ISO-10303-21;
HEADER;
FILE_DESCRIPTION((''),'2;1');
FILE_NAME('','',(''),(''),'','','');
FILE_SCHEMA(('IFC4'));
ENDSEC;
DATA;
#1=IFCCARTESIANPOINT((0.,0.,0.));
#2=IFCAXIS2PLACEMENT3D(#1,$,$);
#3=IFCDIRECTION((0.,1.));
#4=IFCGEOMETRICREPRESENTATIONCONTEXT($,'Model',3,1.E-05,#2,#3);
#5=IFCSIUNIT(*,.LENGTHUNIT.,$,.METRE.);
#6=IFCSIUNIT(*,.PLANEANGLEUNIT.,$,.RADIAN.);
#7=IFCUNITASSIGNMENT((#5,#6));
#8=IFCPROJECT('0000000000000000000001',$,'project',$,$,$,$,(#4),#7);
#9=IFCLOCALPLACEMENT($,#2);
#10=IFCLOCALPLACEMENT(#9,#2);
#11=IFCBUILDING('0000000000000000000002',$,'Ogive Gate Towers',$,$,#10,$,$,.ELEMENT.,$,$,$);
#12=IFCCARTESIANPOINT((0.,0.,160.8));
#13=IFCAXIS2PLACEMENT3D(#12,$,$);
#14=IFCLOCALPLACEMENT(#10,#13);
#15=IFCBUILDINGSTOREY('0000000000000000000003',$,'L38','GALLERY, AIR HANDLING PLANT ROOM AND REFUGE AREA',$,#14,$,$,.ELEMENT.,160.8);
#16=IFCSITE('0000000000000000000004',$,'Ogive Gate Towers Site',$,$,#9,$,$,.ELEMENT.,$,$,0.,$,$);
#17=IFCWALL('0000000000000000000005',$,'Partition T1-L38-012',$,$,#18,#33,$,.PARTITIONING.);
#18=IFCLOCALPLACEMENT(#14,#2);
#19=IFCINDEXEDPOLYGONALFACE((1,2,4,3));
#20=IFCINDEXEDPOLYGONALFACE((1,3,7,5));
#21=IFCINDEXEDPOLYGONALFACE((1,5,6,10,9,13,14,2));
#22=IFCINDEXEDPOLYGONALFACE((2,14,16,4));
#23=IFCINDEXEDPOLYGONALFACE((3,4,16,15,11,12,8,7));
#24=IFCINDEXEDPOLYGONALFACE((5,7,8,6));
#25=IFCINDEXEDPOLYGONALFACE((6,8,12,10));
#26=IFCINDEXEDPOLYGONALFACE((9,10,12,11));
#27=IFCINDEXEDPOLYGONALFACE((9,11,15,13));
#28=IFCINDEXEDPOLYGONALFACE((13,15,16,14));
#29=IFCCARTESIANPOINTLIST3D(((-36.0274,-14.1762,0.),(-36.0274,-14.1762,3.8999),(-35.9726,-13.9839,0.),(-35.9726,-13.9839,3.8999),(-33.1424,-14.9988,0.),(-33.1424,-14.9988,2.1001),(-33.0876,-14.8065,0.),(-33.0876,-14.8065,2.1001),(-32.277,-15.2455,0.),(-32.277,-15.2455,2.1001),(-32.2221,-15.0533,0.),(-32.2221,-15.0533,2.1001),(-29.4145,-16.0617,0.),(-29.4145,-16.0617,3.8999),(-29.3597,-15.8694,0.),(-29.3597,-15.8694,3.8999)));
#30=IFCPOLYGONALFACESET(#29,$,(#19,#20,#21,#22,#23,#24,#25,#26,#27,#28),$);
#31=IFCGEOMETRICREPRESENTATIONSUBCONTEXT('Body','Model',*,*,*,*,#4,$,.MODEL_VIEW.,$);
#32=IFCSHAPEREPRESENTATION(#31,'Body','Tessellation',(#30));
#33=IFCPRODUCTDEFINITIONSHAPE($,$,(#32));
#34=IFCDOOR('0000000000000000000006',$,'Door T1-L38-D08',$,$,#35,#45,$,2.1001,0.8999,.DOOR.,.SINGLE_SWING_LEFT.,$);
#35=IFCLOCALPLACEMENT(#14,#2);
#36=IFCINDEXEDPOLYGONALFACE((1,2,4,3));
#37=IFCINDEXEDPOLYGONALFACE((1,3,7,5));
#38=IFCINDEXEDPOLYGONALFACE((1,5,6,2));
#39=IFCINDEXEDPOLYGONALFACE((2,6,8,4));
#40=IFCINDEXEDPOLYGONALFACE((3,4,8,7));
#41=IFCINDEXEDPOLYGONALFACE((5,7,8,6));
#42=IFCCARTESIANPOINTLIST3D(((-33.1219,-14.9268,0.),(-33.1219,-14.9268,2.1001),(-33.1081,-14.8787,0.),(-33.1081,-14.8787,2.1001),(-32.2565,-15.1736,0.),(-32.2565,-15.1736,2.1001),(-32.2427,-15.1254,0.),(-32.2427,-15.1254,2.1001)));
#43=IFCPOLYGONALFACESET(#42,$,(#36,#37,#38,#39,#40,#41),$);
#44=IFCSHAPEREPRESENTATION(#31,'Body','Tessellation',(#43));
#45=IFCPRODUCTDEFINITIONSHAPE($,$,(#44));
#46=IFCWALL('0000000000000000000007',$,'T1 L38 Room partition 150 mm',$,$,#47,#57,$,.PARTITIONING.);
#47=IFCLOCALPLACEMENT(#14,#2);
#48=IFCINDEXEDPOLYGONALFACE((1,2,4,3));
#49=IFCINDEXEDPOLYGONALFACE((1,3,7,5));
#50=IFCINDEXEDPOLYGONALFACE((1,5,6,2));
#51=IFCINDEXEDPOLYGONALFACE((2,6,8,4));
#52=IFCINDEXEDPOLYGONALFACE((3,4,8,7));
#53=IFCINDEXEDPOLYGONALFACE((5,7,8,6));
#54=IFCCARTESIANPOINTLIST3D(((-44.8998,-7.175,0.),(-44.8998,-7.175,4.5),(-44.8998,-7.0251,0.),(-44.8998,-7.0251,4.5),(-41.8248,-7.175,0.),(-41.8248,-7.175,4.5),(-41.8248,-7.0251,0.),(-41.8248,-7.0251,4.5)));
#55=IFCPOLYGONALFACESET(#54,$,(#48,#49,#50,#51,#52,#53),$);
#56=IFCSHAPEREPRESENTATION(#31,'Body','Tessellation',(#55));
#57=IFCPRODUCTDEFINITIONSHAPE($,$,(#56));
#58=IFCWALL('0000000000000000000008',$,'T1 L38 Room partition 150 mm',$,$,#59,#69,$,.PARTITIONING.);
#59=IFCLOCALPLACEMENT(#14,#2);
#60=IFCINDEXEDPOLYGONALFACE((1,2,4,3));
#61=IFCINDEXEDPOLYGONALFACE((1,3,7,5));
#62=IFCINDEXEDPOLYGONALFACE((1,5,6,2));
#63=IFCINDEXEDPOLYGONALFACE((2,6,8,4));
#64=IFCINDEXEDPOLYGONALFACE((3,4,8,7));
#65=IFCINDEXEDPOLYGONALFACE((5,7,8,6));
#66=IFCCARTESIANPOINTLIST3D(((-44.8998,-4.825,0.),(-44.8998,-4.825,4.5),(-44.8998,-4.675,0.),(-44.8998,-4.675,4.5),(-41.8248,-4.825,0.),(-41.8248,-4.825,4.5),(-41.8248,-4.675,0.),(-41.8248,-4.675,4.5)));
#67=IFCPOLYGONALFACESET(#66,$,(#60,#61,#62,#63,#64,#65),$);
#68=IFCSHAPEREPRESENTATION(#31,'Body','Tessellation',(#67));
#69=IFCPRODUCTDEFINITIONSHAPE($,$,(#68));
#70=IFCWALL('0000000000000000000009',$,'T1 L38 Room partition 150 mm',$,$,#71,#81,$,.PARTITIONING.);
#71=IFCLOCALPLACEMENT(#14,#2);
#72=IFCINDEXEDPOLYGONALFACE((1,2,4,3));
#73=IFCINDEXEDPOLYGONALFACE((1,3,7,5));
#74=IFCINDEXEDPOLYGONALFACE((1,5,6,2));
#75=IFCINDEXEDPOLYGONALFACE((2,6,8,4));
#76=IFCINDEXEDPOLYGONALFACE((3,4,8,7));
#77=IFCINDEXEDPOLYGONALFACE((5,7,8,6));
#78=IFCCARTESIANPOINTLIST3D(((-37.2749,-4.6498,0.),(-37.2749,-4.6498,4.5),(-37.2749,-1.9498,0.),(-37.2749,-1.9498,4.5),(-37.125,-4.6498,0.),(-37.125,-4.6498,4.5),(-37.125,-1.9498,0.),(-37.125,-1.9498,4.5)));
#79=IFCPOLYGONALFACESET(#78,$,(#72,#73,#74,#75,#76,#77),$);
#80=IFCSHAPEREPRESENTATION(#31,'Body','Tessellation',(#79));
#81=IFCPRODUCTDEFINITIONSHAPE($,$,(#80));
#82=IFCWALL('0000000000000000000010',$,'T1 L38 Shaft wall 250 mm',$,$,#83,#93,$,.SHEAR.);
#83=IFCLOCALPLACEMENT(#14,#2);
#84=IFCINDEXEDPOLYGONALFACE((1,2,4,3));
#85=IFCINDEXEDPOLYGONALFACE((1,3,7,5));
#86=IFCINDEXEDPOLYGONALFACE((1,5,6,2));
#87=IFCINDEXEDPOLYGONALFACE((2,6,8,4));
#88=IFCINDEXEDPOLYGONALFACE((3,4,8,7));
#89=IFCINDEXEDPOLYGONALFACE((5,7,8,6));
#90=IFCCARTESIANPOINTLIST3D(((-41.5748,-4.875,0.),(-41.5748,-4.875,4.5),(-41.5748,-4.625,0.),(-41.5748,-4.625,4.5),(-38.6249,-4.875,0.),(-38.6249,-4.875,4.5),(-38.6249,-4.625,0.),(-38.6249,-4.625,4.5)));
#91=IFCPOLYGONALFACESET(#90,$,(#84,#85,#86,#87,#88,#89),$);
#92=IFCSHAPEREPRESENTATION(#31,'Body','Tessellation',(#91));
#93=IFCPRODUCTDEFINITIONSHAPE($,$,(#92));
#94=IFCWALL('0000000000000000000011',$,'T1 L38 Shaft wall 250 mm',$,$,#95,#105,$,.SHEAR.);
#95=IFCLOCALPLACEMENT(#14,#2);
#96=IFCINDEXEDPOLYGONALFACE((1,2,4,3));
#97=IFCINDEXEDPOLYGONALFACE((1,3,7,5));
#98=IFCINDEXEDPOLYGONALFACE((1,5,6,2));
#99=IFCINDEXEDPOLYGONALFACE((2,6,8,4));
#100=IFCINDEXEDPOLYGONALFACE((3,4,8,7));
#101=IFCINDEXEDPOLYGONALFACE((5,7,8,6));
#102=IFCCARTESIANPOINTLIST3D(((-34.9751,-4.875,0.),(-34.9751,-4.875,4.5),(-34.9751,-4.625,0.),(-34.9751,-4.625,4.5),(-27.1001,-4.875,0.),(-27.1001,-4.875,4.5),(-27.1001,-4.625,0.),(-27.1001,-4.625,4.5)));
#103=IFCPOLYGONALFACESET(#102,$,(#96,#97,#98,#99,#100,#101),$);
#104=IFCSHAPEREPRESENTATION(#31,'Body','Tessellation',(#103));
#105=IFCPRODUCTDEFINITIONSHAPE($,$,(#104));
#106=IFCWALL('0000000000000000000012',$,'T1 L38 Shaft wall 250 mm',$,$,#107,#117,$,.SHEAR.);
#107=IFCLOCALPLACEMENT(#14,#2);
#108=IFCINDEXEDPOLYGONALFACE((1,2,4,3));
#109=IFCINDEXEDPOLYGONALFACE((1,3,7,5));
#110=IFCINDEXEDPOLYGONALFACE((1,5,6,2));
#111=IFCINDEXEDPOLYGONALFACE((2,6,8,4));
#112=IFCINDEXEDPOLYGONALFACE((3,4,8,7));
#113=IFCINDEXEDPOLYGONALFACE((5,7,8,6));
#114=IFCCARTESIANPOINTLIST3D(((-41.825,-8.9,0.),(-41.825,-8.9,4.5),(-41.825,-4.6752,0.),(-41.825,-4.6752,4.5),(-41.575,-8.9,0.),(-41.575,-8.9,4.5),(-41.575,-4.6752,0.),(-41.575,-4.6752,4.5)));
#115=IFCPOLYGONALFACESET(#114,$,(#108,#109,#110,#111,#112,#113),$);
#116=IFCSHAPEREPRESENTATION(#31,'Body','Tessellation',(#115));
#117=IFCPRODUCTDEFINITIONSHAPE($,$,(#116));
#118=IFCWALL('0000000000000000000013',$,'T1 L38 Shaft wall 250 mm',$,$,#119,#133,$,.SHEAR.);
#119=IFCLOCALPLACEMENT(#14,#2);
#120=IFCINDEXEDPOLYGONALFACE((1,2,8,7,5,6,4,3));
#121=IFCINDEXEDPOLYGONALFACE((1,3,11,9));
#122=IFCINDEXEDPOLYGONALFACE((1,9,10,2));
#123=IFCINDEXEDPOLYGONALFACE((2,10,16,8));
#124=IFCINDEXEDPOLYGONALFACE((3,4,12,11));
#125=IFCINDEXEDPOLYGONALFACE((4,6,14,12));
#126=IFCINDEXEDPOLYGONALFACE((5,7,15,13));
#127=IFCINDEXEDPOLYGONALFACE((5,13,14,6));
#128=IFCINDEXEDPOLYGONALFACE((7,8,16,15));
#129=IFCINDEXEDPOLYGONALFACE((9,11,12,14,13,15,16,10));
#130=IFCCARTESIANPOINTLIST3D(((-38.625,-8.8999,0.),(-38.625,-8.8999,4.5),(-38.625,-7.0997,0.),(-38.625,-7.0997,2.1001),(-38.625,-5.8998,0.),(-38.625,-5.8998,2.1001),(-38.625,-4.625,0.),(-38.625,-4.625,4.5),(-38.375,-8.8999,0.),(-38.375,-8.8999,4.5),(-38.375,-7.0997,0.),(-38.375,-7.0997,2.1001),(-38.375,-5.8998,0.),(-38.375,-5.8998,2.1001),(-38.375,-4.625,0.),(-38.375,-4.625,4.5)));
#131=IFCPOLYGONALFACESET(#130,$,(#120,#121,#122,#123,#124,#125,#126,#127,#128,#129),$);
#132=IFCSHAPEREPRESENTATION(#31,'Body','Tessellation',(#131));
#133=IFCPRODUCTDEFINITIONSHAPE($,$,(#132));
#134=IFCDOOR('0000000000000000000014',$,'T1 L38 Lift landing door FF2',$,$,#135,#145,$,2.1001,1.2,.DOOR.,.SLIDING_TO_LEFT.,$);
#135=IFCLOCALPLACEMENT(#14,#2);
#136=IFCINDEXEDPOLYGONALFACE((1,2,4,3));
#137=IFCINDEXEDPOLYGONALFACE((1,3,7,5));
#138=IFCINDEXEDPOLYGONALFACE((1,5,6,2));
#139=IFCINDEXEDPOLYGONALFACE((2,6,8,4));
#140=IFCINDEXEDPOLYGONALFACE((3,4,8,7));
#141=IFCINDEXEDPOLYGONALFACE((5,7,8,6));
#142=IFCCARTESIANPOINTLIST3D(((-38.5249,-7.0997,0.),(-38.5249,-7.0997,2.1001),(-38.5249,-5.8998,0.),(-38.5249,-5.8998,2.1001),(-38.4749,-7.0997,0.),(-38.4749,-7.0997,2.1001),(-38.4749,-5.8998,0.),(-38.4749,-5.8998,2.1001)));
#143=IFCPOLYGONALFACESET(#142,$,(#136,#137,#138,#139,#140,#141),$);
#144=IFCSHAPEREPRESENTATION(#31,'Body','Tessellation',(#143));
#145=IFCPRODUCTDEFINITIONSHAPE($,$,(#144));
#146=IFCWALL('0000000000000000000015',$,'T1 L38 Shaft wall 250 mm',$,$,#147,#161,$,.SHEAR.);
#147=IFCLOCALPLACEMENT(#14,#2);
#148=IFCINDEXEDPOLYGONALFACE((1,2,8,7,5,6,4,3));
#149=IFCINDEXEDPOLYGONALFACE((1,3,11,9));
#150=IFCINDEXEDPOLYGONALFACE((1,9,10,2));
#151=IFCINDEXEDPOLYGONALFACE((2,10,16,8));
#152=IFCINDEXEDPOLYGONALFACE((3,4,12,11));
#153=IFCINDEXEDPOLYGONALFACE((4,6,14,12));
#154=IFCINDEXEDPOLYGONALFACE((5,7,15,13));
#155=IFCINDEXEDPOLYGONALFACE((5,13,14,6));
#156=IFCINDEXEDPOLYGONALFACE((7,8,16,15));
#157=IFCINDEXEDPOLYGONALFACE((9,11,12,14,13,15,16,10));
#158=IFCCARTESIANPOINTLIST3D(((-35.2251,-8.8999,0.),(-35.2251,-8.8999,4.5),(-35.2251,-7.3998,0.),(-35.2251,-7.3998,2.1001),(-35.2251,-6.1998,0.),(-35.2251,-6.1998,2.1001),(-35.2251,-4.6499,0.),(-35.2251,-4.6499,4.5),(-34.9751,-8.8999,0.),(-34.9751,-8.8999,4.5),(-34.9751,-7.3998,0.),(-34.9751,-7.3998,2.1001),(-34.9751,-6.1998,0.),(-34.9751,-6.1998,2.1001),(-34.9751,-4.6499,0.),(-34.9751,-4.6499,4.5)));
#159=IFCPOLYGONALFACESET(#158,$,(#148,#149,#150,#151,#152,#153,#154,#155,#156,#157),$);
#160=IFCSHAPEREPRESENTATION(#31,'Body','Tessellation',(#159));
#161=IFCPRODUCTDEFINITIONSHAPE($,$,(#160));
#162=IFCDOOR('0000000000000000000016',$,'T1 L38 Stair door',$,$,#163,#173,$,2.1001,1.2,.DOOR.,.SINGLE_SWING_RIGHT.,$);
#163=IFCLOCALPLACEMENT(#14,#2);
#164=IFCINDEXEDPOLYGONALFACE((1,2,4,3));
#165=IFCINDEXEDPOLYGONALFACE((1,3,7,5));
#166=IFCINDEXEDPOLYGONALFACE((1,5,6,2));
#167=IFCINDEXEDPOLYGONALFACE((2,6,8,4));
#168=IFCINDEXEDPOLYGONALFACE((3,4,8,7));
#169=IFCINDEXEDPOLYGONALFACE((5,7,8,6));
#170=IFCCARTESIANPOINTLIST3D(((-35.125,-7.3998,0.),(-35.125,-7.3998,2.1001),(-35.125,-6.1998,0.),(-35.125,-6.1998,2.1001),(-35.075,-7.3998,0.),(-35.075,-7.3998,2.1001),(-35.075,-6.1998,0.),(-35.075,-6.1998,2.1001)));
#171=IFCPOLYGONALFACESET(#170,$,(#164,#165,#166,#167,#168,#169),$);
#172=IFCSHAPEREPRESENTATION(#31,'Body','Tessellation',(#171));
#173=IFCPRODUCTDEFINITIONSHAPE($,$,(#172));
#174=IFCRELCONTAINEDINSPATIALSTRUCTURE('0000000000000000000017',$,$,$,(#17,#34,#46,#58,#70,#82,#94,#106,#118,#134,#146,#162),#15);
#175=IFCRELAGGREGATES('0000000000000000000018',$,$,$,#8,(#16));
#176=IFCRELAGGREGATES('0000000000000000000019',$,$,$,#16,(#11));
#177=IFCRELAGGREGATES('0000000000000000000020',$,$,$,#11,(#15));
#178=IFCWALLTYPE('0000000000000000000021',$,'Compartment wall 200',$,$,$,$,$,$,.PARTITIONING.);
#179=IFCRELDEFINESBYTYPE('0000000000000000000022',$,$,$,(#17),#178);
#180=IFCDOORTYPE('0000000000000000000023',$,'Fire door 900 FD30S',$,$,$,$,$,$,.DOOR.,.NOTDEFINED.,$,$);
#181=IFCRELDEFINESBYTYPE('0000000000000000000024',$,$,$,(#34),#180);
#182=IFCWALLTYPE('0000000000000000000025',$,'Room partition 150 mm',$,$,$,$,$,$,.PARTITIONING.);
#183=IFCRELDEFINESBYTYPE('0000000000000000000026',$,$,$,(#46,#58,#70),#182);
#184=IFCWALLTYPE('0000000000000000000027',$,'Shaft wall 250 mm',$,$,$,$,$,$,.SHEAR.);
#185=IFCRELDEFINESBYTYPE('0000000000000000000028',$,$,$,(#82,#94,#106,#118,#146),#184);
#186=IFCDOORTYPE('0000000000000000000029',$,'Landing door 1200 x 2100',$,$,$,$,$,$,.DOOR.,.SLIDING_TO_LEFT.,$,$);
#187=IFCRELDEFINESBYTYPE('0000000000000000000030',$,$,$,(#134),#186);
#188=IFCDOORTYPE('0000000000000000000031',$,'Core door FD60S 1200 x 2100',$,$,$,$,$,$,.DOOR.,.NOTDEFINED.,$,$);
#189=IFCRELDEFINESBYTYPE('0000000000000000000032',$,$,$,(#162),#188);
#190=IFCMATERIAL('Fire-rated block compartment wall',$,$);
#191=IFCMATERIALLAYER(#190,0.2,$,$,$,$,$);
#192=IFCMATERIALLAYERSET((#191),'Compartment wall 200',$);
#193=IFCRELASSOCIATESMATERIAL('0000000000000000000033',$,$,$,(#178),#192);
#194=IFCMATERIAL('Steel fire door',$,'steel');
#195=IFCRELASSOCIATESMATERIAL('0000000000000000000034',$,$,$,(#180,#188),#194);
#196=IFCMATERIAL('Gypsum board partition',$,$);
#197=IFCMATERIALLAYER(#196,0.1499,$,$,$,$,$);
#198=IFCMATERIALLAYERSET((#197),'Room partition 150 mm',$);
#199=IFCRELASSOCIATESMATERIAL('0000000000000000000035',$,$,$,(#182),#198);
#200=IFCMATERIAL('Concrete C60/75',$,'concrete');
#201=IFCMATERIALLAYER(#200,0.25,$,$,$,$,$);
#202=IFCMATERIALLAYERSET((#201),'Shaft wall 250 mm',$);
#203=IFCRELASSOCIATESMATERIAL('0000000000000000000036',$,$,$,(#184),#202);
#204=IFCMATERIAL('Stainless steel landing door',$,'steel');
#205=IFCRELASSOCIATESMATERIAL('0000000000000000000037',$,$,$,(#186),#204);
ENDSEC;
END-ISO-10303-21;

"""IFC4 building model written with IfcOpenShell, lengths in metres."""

from ifc_helpers import new_model, si_unit, direction, frame, frame_2d, origin, place, context, subcontext, project, spatial, rectangle, extrude, material, layer, layer_set, type_object, element, fill, save


model = new_model("IFC4")

# Units and contexts
model_context = context("Model", 3, precision=1e-05, world=origin(), true_north=direction((0.0, 1.0)))
body_context = subcontext(model_context, "Body", "Model", "MODEL_VIEW")
ifc_project = project(units=[si_unit("LENGTHUNIT", "METRE"), si_unit("PLANEANGLEUNIT", "RADIAN")], contexts=[model_context])

# Site, building, storey
site_placement = place(None, origin())
site = spatial("IfcSite", under=ifc_project, at=site_placement, Name="Ogive Gate Towers Site", CompositionType="ELEMENT", RefElevation=0.0)
building_placement = place(site_placement, origin())
building = spatial("IfcBuilding", under=site, at=building_placement, Name="Ogive Gate Towers", CompositionType="ELEMENT")
storey_placement = place(building_placement, frame((0.0, 0.0, 160.8)))
storey = spatial("IfcBuildingStorey", under=building, at=storey_placement, Name="L38", Description="GALLERY, AIR HANDLING PLANT ROOM AND REFUGE AREA", CompositionType="ELEMENT", Elevation=160.8)

# Wall, opening, door
ifc_material_1 = material(Name="Fire-rated block compartment wall")
ifc_layer_1 = layer(ifc_material_1, 0.2)
ifc_layer_set_1 = layer_set([ifc_layer_1], Name="Compartment wall 200")
wall_type_1 = type_object("IfcWallType", Name="Compartment wall 200", PredefinedType="PARTITIONING", material=ifc_layer_set_1)
wall_1_placement = place(storey_placement, frame((-36.0, -14.0801, 0.0), z_axis=(0.0, 0.0, 1.0), x_axis=(0.961675, -0.274191, 0.0)))
wall_1 = element("IfcWall", 1, at=wall_1_placement, inside=storey, type_object=wall_type_1, Name="Partition T1-L38-012", PredefinedType="PARTITIONING", context=body_context, shape_type="SweptSolid", body=[
    extrude(rectangle(XDim=6.8765, YDim=0.2, at=frame_2d((3.4382, 0.0))), origin(), (0.0, 0.0, 1.0), 3.8999),
])
opening_1_placement = place(wall_1_placement, frame((3.0, 0.0, 0.0)))
opening_1 = element("IfcOpeningElement", 2, at=opening_1_placement, cuts=wall_1, PredefinedType="OPENING", context=body_context, shape_type="SweptSolid", body=[
    extrude(rectangle(XDim=0.8999, YDim=2.1001, at=frame_2d((0.45, 1.05))), frame((0.0, 0.1099, 0.0), z_axis=(0.0, -1.0, 0.0), x_axis=(1.0, 0.0, 0.0)), (0.0, 0.0, 1.0), 0.22),
])
ifc_material_2 = material(Name="Steel fire door", Category="steel")
door_type_1 = type_object("IfcDoorType", Name="Fire door 900 FD30S", OperationType="NOTDEFINED", PredefinedType="DOOR", material=ifc_material_2)
door_1_placement = place(opening_1_placement, origin())
door_1 = element("IfcDoor", 3, at=door_1_placement, inside=storey, type_object=door_type_1, Name="Door T1-L38-D08", OperationType="SINGLE_SWING_LEFT", OverallHeight=2.1001, OverallWidth=0.8999, PredefinedType="DOOR", context=body_context, shape_type="SweptSolid", body=[
    extrude(rectangle(XDim=0.8999, YDim=2.1001, at=frame_2d((0.45, 1.05))), frame((0.0, 0.0249, 0.0), z_axis=(0.0, -1.0, 0.0), x_axis=(1.0, 0.0, 0.0)), (0.0, 0.0, 1.0), 0.05),
])
fill(opening_1, door_1)

# Walls
ifc_material_3 = material(Name="Gypsum board partition")
ifc_layer_2 = layer(ifc_material_3, 0.1499)
ifc_layer_set_2 = layer_set([ifc_layer_2], Name="Room partition 150 mm")
wall_type_2 = type_object("IfcWallType", Name="Room partition 150 mm", PredefinedType="PARTITIONING", material=ifc_layer_set_2)
for number, where, z_axis, x_axis, name in (
    (4, (-44.8999, -7.1001, 0.0), (0.0, 0.0, 1.0), (1.0, 0.0, 0.0), "T1 L38 Room partition 150 mm"),
    (5, (-44.8999, -4.75, 0.0), (0.0, 0.0, 1.0), (1.0, 0.0, 0.0), "T1 L38 Room partition 150 mm"),
):
    element("IfcWall", number, at=place(storey_placement, frame(where, z_axis=z_axis, x_axis=x_axis)), inside=storey, type_object=wall_type_2, Name=name, PredefinedType="PARTITIONING", context=body_context, shape_type="SweptSolid", body=[
        extrude(rectangle(XDim=3.075, YDim=0.1499, at=frame_2d((1.5376, 0.0))), origin(), (0.0, 0.0, 1.0), 4.5),
    ])
wall_2_placement = place(storey_placement, frame((-37.2, -4.6499, 0.0), z_axis=(0.0, 0.0, 1.0), x_axis=(0.0, 1.0, 0.0)))
element("IfcWall", 6, at=wall_2_placement, inside=storey, type_object=wall_type_2, Name="T1 L38 Room partition 150 mm", PredefinedType="PARTITIONING", context=body_context, shape_type="SweptSolid", body=[
    extrude(rectangle(XDim=2.7, YDim=0.1499, at=frame_2d((1.3501, 0.0))), origin(), (0.0, 0.0, 1.0), 4.5),
])
ifc_material_4 = material(Name="Concrete C60/75", Category="concrete")
ifc_layer_3 = layer(ifc_material_4, 0.25)
ifc_layer_set_3 = layer_set([ifc_layer_3], Name="Shaft wall 250 mm")
wall_type_3 = type_object("IfcWallType", Name="Shaft wall 250 mm", PredefinedType="SHEAR", material=ifc_layer_set_3)
wall_3_placement = place(storey_placement, frame((-41.575, -4.75, 0.0), z_axis=(0.0, 0.0, 1.0), x_axis=(1.0, 0.0, 0.0)))
element("IfcWall", 7, at=wall_3_placement, inside=storey, type_object=wall_type_3, Name="T1 L38 Shaft wall 250 mm", PredefinedType="SHEAR", context=body_context, shape_type="SweptSolid", body=[
    extrude(rectangle(XDim=2.95, YDim=0.25, at=frame_2d((1.4751, 0.0))), origin(), (0.0, 0.0, 1.0), 4.5),
])
wall_4_placement = place(storey_placement, frame((-34.9751, -4.75, 0.0), z_axis=(0.0, 0.0, 1.0), x_axis=(1.0, 0.0, 0.0)))
element("IfcWall", 8, at=wall_4_placement, inside=storey, type_object=wall_type_3, Name="T1 L38 Shaft wall 250 mm", PredefinedType="SHEAR", context=body_context, shape_type="SweptSolid", body=[
    extrude(rectangle(XDim=7.875, YDim=0.25, at=frame_2d((3.9375, 0.0))), origin(), (0.0, 0.0, 1.0), 4.5),
])
wall_5_placement = place(storey_placement, frame((-41.7, -8.8999, 0.0), z_axis=(0.0, 0.0, 1.0), x_axis=(0.0, 1.0, 0.0)))
element("IfcWall", 9, at=wall_5_placement, inside=storey, type_object=wall_type_3, Name="T1 L38 Shaft wall 250 mm", PredefinedType="SHEAR", context=body_context, shape_type="SweptSolid", body=[
    extrude(rectangle(XDim=4.2249, YDim=0.25, at=frame_2d((2.1123, 0.0))), origin(), (0.0, 0.0, 1.0), 4.5),
])

# Walls, openings, doors
wall_6_placement = place(storey_placement, frame((-38.5, -8.8999, 0.0), z_axis=(0.0, 0.0, 1.0), x_axis=(0.0, 1.0, 0.0)))
wall_6 = element("IfcWall", 10, at=wall_6_placement, inside=storey, type_object=wall_type_3, Name="T1 L38 Shaft wall 250 mm", PredefinedType="SHEAR", context=body_context, shape_type="SweptSolid", body=[
    extrude(rectangle(XDim=4.2749, YDim=0.25, at=frame_2d((2.1375, 0.0))), origin(), (0.0, 0.0, 1.0), 4.5),
])
opening_2_placement = place(wall_6_placement, frame((1.8, 0.0, 0.0)))
opening_2 = element("IfcOpeningElement", 11, at=opening_2_placement, cuts=wall_6, PredefinedType="OPENING", context=body_context, shape_type="SweptSolid", body=[
    extrude(rectangle(XDim=1.2, YDim=2.1001, at=frame_2d((0.6001, 1.05))), frame((0.0, 0.135, 0.0), z_axis=(0.0, -1.0, 0.0), x_axis=(1.0, 0.0, 0.0)), (0.0, 0.0, 1.0), 0.27),
])
ifc_material_5 = material(Name="Stainless steel landing door", Category="steel")
door_type_2 = type_object("IfcDoorType", Name="Landing door 1200 x 2100", OperationType="SLIDING_TO_LEFT", PredefinedType="DOOR", material=ifc_material_5)
door_2_placement = place(opening_2_placement, origin())
door_2 = element("IfcDoor", 12, at=door_2_placement, inside=storey, type_object=door_type_2, Name="T1 L38 Lift landing door FF2", OperationType="SLIDING_TO_LEFT", OverallHeight=2.1001, OverallWidth=1.2, PredefinedType="DOOR", context=body_context, shape_type="SweptSolid", body=[
    extrude(rectangle(XDim=1.2, YDim=2.1001, at=frame_2d((0.6001, 1.05))), frame((0.0, 0.0249, 0.0), z_axis=(0.0, -1.0, 0.0), x_axis=(1.0, 0.0, 0.0)), (0.0, 0.0, 1.0), 0.05),
])
fill(opening_2, door_2)
wall_7_placement = place(storey_placement, frame((-35.1001, -8.8999, 0.0), z_axis=(0.0, 0.0, 1.0), x_axis=(0.0, 1.0, 0.0)))
wall_7 = element("IfcWall", 13, at=wall_7_placement, inside=storey, type_object=wall_type_3, Name="T1 L38 Shaft wall 250 mm", PredefinedType="SHEAR", context=body_context, shape_type="SweptSolid", body=[
    extrude(rectangle(XDim=4.25, YDim=0.25, at=frame_2d((2.125, 0.0))), origin(), (0.0, 0.0, 1.0), 4.5),
])
opening_3_placement = place(wall_7_placement, frame((1.5, 0.0, 0.0)))
opening_3 = element("IfcOpeningElement", 14, at=opening_3_placement, cuts=wall_7, PredefinedType="OPENING", context=body_context, shape_type="SweptSolid", body=[
    extrude(rectangle(XDim=1.2, YDim=2.1001, at=frame_2d((0.6001, 1.05))), frame((0.0, 0.135, 0.0), z_axis=(0.0, -1.0, 0.0), x_axis=(1.0, 0.0, 0.0)), (0.0, 0.0, 1.0), 0.27),
])
door_type_3 = type_object("IfcDoorType", Name="Core door FD60S 1200 x 2100", OperationType="NOTDEFINED", PredefinedType="DOOR", material=ifc_material_2)
door_3_placement = place(opening_3_placement, origin())
door_3 = element("IfcDoor", 15, at=door_3_placement, inside=storey, type_object=door_type_3, Name="T1 L38 Stair door", OperationType="SINGLE_SWING_RIGHT", OverallHeight=2.1001, OverallWidth=1.2, PredefinedType="DOOR", context=body_context, shape_type="SweptSolid", body=[
    extrude(rectangle(XDim=1.2, YDim=2.1001, at=frame_2d((0.6001, 1.05))), frame((0.0, 0.0249, 0.0), z_axis=(0.0, -1.0, 0.0), x_axis=(1.0, 0.0, 0.0)), (0.0, 0.0, 1.0), 0.05),
])
fill(opening_3, door_3)

save(model, "model.ifc")
